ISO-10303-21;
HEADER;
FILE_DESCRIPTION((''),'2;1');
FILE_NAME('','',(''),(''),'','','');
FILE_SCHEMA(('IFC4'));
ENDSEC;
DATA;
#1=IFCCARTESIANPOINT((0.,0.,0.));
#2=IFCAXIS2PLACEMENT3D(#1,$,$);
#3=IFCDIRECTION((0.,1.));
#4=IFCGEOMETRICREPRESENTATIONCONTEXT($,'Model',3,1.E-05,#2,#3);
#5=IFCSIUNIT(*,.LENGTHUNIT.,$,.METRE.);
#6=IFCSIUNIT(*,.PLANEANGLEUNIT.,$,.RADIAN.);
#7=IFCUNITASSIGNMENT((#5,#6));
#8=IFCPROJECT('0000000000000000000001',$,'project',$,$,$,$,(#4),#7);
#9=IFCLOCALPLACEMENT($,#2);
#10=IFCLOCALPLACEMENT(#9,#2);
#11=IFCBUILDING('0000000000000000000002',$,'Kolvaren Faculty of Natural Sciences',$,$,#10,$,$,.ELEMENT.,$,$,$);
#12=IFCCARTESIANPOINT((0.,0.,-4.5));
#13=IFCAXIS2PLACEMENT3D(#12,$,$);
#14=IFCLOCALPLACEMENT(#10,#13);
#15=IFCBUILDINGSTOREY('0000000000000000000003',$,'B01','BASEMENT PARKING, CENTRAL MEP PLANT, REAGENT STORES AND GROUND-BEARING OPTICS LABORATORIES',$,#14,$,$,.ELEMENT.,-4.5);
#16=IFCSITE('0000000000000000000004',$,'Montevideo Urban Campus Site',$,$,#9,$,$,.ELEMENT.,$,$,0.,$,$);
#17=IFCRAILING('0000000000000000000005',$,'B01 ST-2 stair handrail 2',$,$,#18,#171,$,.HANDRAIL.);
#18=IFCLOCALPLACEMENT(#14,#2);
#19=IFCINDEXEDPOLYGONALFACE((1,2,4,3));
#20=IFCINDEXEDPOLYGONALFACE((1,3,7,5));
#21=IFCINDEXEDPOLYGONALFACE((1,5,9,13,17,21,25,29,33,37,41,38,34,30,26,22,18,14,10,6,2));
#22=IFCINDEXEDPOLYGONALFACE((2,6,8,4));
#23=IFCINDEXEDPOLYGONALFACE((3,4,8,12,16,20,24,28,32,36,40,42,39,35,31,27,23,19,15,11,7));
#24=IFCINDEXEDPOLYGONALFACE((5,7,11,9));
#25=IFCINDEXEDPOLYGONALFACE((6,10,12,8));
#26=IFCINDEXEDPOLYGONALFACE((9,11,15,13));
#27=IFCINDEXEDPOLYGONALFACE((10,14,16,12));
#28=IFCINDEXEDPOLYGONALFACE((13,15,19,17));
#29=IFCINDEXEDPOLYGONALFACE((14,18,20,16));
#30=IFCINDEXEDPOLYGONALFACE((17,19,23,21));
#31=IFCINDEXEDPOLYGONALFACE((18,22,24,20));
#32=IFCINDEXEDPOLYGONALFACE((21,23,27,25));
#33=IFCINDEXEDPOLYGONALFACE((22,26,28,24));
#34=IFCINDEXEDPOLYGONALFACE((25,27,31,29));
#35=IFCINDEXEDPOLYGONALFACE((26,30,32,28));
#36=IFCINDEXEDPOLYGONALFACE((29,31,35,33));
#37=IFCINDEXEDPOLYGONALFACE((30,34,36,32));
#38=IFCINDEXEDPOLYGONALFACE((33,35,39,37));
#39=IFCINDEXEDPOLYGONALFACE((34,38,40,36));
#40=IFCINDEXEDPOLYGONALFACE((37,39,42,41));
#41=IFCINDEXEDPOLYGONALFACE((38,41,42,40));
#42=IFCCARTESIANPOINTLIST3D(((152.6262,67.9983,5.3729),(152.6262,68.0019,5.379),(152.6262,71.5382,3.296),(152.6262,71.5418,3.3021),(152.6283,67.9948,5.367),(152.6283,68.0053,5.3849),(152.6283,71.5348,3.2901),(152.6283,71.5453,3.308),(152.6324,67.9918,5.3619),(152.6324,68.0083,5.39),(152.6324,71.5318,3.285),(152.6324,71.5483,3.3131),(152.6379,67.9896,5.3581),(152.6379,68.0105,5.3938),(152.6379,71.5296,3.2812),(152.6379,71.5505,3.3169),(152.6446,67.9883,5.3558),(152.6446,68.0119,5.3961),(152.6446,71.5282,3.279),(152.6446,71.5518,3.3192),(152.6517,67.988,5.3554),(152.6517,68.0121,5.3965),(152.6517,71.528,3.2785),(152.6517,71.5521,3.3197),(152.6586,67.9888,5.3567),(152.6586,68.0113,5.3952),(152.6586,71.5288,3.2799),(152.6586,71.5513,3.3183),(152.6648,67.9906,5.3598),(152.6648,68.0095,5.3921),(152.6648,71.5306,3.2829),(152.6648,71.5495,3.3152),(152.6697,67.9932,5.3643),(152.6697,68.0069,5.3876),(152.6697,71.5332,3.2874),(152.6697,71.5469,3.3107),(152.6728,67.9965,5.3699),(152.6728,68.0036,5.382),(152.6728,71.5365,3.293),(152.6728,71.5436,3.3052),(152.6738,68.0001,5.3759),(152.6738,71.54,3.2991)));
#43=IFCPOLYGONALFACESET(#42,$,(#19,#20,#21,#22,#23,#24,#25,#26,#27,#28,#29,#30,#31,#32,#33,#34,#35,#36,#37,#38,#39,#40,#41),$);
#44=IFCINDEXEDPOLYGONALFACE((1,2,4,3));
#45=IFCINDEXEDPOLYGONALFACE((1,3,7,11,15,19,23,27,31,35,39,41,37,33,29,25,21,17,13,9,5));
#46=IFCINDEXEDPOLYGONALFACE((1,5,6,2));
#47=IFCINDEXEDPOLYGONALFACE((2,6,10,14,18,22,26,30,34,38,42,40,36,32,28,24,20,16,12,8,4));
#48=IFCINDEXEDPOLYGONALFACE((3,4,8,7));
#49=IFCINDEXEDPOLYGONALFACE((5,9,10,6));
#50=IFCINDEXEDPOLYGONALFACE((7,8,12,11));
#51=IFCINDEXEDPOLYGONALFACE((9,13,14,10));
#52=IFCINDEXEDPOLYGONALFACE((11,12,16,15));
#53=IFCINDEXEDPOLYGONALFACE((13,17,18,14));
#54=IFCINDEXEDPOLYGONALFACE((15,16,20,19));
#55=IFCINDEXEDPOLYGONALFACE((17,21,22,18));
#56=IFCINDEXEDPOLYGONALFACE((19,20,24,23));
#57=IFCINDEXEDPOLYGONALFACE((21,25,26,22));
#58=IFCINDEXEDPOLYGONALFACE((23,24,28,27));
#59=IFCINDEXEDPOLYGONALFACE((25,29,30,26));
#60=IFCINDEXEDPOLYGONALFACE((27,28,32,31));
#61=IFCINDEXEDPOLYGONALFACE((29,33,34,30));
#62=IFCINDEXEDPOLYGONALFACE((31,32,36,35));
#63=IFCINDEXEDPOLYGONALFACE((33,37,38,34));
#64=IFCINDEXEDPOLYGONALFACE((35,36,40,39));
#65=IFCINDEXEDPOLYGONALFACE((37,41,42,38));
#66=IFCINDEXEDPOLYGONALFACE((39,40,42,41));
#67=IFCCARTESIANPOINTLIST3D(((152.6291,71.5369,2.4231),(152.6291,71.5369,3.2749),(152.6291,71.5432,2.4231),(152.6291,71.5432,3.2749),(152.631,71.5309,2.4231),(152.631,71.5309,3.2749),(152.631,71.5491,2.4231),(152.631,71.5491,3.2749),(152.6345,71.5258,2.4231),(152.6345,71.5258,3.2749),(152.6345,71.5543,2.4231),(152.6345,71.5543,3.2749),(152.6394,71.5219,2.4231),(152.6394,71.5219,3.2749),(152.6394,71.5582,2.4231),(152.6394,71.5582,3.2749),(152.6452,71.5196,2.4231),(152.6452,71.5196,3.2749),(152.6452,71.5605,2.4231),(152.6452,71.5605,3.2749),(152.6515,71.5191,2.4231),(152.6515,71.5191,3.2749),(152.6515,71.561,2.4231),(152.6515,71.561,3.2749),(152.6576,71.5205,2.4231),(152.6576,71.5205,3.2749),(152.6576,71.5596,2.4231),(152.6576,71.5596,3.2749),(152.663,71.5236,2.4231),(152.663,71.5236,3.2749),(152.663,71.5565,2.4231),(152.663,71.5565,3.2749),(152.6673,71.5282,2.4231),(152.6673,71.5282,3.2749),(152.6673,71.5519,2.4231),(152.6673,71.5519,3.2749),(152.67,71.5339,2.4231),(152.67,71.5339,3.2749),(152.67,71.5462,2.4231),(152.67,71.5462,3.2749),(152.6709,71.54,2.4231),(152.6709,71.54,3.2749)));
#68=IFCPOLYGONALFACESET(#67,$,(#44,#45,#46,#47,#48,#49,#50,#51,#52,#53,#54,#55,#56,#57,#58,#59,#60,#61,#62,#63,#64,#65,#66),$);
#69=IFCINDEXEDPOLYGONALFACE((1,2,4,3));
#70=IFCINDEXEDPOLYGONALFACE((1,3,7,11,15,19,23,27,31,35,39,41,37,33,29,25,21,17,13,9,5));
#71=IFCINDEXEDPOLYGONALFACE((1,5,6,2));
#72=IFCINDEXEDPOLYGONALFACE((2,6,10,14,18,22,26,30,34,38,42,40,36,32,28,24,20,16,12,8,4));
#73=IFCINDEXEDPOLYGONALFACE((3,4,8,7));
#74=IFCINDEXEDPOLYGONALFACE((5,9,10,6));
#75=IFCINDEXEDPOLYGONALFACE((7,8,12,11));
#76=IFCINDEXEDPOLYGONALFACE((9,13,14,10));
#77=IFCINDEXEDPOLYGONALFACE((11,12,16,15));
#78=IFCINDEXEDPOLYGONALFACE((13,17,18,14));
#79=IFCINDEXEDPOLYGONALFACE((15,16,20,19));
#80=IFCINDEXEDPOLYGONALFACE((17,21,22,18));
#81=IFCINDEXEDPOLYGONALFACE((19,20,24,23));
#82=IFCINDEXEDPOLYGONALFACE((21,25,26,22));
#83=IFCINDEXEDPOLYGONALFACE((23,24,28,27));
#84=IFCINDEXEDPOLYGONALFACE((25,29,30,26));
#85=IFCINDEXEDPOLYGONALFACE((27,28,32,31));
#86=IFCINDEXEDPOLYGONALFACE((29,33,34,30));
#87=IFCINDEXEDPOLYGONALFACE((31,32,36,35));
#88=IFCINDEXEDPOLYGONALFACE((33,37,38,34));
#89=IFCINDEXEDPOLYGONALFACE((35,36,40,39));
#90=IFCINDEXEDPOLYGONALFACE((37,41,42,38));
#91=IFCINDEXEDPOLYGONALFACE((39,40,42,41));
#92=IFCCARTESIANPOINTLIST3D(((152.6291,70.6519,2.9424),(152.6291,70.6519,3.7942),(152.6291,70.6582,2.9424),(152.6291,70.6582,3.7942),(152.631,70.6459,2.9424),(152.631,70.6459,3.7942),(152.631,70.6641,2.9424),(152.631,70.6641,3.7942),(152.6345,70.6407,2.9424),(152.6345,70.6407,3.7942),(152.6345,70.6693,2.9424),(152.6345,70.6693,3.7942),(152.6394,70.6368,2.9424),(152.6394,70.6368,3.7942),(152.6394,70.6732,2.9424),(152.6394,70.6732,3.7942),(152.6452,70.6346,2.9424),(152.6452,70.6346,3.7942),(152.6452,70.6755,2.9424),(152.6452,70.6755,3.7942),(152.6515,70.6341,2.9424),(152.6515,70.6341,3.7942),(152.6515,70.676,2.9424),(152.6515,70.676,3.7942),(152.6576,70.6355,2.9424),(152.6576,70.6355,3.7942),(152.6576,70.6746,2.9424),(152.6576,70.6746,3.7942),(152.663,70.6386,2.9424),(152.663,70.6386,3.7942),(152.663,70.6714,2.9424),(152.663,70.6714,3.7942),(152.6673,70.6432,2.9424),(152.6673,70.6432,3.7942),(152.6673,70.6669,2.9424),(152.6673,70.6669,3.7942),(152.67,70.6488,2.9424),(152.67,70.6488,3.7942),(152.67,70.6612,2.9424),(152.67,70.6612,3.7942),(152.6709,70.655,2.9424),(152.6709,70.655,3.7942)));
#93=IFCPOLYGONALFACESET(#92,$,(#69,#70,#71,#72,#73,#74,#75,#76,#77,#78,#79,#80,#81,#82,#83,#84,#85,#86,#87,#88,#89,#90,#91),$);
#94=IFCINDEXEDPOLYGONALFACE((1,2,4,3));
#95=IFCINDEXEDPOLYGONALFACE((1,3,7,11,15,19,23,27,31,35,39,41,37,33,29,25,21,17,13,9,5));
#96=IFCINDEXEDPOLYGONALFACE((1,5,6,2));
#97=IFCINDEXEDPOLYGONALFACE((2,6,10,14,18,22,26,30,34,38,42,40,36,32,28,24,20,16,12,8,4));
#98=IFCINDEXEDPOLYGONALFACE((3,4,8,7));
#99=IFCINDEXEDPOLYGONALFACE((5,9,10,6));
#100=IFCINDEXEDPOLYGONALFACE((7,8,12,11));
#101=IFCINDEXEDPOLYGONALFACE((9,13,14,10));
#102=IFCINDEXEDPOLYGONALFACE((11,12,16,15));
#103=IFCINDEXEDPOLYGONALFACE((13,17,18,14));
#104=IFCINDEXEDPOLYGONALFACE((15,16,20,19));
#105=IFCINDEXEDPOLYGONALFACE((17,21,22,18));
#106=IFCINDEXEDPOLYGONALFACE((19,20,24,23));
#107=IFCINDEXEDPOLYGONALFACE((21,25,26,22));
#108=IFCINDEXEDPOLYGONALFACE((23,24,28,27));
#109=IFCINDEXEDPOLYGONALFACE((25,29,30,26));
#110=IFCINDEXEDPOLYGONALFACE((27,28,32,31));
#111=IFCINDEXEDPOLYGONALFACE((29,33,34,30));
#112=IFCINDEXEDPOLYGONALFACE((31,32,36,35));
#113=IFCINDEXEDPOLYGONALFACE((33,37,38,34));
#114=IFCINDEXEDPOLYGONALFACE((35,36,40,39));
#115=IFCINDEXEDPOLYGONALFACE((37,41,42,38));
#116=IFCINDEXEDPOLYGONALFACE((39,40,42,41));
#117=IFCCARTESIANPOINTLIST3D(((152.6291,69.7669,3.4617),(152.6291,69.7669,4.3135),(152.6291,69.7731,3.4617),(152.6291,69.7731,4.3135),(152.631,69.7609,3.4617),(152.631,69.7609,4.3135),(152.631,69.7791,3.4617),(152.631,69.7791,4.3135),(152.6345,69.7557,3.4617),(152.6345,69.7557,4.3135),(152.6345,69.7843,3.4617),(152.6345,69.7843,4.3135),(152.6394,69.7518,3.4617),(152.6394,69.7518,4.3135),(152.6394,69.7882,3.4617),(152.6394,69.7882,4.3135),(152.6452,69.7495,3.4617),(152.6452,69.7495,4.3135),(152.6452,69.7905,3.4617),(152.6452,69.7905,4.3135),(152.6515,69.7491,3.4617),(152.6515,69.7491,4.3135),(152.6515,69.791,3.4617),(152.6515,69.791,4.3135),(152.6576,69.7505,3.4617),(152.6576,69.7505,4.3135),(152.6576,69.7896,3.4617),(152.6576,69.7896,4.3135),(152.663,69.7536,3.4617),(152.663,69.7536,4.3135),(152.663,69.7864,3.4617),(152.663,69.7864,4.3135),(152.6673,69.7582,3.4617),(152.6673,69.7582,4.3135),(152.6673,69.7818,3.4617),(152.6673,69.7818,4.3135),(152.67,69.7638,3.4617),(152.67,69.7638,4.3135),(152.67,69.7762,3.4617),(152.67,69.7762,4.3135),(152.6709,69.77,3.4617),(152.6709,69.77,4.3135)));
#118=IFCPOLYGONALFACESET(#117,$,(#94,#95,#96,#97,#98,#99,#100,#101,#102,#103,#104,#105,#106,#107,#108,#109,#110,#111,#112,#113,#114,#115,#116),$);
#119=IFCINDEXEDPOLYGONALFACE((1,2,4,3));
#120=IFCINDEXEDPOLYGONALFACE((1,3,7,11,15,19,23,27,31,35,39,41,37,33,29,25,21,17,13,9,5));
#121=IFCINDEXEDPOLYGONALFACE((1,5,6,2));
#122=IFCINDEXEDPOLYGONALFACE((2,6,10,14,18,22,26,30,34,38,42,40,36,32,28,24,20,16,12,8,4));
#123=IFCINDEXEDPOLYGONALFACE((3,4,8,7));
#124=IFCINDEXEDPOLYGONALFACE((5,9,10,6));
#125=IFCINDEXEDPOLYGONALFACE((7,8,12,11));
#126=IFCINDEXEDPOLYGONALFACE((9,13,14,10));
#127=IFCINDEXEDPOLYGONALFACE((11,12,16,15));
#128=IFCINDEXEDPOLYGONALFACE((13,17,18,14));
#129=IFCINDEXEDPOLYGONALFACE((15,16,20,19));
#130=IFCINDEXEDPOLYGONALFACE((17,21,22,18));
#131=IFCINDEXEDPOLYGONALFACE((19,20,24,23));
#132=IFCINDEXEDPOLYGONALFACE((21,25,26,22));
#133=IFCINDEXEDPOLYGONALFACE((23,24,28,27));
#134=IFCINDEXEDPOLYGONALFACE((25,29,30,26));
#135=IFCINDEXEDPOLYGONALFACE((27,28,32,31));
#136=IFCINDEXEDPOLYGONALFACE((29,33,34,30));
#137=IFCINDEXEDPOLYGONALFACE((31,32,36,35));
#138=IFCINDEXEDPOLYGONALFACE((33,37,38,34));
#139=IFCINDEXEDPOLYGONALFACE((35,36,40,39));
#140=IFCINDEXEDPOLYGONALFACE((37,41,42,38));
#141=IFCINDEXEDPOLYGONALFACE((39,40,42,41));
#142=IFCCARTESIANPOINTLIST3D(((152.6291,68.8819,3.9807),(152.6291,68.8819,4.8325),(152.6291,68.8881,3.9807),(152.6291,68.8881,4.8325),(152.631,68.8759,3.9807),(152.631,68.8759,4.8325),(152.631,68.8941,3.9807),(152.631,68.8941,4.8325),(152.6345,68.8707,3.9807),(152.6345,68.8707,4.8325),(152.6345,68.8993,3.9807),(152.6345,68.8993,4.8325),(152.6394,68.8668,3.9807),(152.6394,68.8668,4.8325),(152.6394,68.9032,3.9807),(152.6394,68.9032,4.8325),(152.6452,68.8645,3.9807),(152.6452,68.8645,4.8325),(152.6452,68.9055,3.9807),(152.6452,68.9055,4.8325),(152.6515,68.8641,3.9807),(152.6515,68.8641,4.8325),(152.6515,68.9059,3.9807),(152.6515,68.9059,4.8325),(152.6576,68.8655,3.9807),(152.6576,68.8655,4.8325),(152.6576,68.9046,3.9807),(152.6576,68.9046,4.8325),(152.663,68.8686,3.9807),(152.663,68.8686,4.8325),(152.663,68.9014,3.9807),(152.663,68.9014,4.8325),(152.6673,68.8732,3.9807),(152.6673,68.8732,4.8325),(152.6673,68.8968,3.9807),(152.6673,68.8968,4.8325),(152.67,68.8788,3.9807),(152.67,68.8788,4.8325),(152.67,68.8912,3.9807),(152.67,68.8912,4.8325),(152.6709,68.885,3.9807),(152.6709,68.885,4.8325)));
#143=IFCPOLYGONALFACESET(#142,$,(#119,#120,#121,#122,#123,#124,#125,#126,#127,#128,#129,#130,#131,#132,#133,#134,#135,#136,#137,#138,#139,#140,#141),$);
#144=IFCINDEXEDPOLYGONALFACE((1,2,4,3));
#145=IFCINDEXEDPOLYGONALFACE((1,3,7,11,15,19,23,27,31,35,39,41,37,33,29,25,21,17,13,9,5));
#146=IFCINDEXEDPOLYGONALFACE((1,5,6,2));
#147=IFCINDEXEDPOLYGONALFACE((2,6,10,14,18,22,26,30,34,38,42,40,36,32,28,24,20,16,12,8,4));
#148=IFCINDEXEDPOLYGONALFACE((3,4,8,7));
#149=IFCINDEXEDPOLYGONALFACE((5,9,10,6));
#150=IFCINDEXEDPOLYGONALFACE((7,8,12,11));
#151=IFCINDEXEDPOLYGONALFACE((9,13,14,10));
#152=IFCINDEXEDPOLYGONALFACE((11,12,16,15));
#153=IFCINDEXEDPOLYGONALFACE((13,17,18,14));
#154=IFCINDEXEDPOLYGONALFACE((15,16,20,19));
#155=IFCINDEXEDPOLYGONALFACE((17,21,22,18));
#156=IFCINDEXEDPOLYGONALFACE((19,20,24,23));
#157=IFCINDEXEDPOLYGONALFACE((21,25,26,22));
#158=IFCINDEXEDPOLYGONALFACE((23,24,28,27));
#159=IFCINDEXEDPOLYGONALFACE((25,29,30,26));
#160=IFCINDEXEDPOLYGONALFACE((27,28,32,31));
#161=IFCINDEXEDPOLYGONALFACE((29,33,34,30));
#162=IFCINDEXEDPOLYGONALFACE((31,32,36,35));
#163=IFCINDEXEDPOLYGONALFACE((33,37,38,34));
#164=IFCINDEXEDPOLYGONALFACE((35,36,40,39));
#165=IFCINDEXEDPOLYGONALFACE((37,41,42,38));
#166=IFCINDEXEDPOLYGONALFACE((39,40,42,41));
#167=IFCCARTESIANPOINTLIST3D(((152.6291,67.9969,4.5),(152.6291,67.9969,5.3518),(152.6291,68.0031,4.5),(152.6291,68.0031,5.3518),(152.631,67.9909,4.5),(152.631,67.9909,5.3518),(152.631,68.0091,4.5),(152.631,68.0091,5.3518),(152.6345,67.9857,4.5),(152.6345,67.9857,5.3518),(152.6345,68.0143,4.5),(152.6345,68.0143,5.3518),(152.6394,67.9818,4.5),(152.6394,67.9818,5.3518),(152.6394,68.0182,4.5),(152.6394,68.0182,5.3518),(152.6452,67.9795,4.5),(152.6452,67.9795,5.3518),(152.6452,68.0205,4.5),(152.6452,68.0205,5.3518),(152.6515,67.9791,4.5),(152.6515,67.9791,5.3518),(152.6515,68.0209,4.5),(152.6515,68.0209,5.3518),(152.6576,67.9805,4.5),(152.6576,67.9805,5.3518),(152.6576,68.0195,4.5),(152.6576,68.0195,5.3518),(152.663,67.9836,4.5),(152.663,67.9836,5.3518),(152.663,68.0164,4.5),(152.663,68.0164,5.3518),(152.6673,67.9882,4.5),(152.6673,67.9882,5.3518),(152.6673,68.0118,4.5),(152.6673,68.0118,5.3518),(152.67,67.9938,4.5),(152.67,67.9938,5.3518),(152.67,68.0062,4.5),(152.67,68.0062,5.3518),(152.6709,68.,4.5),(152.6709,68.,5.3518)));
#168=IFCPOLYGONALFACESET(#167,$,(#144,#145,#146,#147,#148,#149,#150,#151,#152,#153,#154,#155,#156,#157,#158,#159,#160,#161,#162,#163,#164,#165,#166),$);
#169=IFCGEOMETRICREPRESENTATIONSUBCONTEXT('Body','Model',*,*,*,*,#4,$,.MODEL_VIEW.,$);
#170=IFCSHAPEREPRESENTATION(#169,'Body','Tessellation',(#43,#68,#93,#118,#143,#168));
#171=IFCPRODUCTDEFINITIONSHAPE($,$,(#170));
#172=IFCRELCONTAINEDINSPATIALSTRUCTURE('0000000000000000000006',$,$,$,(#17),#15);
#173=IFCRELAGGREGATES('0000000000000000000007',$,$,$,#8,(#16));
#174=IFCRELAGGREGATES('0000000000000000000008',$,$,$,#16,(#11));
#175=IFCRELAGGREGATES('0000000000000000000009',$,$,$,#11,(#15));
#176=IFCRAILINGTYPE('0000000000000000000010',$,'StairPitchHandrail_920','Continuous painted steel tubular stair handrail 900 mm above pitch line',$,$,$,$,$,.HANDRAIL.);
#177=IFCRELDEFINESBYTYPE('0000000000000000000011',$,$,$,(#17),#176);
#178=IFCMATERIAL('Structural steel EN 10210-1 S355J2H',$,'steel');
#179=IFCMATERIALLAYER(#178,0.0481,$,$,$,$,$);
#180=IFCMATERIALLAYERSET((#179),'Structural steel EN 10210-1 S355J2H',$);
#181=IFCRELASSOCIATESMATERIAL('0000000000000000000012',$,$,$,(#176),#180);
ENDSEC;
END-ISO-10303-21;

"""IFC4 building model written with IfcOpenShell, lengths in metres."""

from ifc_helpers import new_model, si_unit, direction, frame, origin, origin_2d, place, context, subcontext, project, spatial, circle, extrude, material, layer, layer_set, type_object, element, save


model = new_model("IFC4")

# Units and contexts
model_context = context("Model", 3, precision=1e-05, world=origin(), true_north=direction((0.0, 1.0)))
body_context = subcontext(model_context, "Body", "Model", "MODEL_VIEW")
ifc_project = project(units=[si_unit("LENGTHUNIT", "METRE"), si_unit("PLANEANGLEUNIT", "RADIAN")], contexts=[model_context])

# Site, building, storey
site_placement = place(None, origin())
site = spatial("IfcSite", under=ifc_project, at=site_placement, Name="Montevideo Urban Campus Site", CompositionType="ELEMENT", RefElevation=0.0)
building_placement = place(site_placement, origin())
building = spatial("IfcBuilding", under=site, at=building_placement, Name="Kolvaren Faculty of Natural Sciences", CompositionType="ELEMENT")
storey_placement = place(building_placement, frame((0.0, 0.0, -4.5)))
storey = spatial("IfcBuildingStorey", under=building, at=storey_placement, Name="B01", Description="BASEMENT PARKING, CENTRAL MEP PLANT, REAGENT STORES AND GROUND-BEARING OPTICS LABORATORIES", CompositionType="ELEMENT", Elevation=-4.5)

# Railing
ifc_material_1 = material(Name="Structural steel EN 10210-1 S355J2H", Category="steel")
ifc_layer_1 = layer(ifc_material_1, 0.0481)
ifc_layer_set_1 = layer_set([ifc_layer_1], Name="Structural steel EN 10210-1 S355J2H")
railing_type_1 = type_object("IfcRailingType", Name="StairPitchHandrail_920", Description="Continuous painted steel tubular stair handrail 900 mm above pitch line", PredefinedType="HANDRAIL", material=ifc_layer_set_1)
railing_1_placement = place(storey_placement, frame((152.6499, 71.54, 2.4231)))
element("IfcRailing", 1, at=railing_1_placement, inside=storey, type_object=railing_type_1, Name="B01 ST-2 stair handrail 2", PredefinedType="HANDRAIL", context=body_context, shape_type="SweptSolid", body=[
    extrude(circle(Radius=0.0239, at=origin_2d()), frame((0.0, 0.0, 0.876), z_axis=(0.0, -0.862516, 0.506029), x_axis=(1.0, 0.0, 0.0)), (0.0, 0.0, 1.0), 4.1042),
    extrude(circle(Radius=0.021, at=origin_2d()), origin(), (0.0, 0.0, 1.0), 0.8518),
    extrude(circle(Radius=0.021, at=origin_2d()), frame((0.0, -0.885, 0.5193)), (0.0, 0.0, 1.0), 0.8518),
    extrude(circle(Radius=0.021, at=origin_2d()), frame((0.0, -1.77, 1.0386)), (0.0, 0.0, 1.0), 0.8518),
    extrude(circle(Radius=0.021, at=origin_2d()), frame((0.0, -2.655, 1.5576)), (0.0, 0.0, 1.0), 0.8518),
    extrude(circle(Radius=0.021, at=origin_2d()), frame((0.0, -3.54, 2.0769)), (0.0, 0.0, 1.0), 0.8518),
])

save(model, "model.ifc")
